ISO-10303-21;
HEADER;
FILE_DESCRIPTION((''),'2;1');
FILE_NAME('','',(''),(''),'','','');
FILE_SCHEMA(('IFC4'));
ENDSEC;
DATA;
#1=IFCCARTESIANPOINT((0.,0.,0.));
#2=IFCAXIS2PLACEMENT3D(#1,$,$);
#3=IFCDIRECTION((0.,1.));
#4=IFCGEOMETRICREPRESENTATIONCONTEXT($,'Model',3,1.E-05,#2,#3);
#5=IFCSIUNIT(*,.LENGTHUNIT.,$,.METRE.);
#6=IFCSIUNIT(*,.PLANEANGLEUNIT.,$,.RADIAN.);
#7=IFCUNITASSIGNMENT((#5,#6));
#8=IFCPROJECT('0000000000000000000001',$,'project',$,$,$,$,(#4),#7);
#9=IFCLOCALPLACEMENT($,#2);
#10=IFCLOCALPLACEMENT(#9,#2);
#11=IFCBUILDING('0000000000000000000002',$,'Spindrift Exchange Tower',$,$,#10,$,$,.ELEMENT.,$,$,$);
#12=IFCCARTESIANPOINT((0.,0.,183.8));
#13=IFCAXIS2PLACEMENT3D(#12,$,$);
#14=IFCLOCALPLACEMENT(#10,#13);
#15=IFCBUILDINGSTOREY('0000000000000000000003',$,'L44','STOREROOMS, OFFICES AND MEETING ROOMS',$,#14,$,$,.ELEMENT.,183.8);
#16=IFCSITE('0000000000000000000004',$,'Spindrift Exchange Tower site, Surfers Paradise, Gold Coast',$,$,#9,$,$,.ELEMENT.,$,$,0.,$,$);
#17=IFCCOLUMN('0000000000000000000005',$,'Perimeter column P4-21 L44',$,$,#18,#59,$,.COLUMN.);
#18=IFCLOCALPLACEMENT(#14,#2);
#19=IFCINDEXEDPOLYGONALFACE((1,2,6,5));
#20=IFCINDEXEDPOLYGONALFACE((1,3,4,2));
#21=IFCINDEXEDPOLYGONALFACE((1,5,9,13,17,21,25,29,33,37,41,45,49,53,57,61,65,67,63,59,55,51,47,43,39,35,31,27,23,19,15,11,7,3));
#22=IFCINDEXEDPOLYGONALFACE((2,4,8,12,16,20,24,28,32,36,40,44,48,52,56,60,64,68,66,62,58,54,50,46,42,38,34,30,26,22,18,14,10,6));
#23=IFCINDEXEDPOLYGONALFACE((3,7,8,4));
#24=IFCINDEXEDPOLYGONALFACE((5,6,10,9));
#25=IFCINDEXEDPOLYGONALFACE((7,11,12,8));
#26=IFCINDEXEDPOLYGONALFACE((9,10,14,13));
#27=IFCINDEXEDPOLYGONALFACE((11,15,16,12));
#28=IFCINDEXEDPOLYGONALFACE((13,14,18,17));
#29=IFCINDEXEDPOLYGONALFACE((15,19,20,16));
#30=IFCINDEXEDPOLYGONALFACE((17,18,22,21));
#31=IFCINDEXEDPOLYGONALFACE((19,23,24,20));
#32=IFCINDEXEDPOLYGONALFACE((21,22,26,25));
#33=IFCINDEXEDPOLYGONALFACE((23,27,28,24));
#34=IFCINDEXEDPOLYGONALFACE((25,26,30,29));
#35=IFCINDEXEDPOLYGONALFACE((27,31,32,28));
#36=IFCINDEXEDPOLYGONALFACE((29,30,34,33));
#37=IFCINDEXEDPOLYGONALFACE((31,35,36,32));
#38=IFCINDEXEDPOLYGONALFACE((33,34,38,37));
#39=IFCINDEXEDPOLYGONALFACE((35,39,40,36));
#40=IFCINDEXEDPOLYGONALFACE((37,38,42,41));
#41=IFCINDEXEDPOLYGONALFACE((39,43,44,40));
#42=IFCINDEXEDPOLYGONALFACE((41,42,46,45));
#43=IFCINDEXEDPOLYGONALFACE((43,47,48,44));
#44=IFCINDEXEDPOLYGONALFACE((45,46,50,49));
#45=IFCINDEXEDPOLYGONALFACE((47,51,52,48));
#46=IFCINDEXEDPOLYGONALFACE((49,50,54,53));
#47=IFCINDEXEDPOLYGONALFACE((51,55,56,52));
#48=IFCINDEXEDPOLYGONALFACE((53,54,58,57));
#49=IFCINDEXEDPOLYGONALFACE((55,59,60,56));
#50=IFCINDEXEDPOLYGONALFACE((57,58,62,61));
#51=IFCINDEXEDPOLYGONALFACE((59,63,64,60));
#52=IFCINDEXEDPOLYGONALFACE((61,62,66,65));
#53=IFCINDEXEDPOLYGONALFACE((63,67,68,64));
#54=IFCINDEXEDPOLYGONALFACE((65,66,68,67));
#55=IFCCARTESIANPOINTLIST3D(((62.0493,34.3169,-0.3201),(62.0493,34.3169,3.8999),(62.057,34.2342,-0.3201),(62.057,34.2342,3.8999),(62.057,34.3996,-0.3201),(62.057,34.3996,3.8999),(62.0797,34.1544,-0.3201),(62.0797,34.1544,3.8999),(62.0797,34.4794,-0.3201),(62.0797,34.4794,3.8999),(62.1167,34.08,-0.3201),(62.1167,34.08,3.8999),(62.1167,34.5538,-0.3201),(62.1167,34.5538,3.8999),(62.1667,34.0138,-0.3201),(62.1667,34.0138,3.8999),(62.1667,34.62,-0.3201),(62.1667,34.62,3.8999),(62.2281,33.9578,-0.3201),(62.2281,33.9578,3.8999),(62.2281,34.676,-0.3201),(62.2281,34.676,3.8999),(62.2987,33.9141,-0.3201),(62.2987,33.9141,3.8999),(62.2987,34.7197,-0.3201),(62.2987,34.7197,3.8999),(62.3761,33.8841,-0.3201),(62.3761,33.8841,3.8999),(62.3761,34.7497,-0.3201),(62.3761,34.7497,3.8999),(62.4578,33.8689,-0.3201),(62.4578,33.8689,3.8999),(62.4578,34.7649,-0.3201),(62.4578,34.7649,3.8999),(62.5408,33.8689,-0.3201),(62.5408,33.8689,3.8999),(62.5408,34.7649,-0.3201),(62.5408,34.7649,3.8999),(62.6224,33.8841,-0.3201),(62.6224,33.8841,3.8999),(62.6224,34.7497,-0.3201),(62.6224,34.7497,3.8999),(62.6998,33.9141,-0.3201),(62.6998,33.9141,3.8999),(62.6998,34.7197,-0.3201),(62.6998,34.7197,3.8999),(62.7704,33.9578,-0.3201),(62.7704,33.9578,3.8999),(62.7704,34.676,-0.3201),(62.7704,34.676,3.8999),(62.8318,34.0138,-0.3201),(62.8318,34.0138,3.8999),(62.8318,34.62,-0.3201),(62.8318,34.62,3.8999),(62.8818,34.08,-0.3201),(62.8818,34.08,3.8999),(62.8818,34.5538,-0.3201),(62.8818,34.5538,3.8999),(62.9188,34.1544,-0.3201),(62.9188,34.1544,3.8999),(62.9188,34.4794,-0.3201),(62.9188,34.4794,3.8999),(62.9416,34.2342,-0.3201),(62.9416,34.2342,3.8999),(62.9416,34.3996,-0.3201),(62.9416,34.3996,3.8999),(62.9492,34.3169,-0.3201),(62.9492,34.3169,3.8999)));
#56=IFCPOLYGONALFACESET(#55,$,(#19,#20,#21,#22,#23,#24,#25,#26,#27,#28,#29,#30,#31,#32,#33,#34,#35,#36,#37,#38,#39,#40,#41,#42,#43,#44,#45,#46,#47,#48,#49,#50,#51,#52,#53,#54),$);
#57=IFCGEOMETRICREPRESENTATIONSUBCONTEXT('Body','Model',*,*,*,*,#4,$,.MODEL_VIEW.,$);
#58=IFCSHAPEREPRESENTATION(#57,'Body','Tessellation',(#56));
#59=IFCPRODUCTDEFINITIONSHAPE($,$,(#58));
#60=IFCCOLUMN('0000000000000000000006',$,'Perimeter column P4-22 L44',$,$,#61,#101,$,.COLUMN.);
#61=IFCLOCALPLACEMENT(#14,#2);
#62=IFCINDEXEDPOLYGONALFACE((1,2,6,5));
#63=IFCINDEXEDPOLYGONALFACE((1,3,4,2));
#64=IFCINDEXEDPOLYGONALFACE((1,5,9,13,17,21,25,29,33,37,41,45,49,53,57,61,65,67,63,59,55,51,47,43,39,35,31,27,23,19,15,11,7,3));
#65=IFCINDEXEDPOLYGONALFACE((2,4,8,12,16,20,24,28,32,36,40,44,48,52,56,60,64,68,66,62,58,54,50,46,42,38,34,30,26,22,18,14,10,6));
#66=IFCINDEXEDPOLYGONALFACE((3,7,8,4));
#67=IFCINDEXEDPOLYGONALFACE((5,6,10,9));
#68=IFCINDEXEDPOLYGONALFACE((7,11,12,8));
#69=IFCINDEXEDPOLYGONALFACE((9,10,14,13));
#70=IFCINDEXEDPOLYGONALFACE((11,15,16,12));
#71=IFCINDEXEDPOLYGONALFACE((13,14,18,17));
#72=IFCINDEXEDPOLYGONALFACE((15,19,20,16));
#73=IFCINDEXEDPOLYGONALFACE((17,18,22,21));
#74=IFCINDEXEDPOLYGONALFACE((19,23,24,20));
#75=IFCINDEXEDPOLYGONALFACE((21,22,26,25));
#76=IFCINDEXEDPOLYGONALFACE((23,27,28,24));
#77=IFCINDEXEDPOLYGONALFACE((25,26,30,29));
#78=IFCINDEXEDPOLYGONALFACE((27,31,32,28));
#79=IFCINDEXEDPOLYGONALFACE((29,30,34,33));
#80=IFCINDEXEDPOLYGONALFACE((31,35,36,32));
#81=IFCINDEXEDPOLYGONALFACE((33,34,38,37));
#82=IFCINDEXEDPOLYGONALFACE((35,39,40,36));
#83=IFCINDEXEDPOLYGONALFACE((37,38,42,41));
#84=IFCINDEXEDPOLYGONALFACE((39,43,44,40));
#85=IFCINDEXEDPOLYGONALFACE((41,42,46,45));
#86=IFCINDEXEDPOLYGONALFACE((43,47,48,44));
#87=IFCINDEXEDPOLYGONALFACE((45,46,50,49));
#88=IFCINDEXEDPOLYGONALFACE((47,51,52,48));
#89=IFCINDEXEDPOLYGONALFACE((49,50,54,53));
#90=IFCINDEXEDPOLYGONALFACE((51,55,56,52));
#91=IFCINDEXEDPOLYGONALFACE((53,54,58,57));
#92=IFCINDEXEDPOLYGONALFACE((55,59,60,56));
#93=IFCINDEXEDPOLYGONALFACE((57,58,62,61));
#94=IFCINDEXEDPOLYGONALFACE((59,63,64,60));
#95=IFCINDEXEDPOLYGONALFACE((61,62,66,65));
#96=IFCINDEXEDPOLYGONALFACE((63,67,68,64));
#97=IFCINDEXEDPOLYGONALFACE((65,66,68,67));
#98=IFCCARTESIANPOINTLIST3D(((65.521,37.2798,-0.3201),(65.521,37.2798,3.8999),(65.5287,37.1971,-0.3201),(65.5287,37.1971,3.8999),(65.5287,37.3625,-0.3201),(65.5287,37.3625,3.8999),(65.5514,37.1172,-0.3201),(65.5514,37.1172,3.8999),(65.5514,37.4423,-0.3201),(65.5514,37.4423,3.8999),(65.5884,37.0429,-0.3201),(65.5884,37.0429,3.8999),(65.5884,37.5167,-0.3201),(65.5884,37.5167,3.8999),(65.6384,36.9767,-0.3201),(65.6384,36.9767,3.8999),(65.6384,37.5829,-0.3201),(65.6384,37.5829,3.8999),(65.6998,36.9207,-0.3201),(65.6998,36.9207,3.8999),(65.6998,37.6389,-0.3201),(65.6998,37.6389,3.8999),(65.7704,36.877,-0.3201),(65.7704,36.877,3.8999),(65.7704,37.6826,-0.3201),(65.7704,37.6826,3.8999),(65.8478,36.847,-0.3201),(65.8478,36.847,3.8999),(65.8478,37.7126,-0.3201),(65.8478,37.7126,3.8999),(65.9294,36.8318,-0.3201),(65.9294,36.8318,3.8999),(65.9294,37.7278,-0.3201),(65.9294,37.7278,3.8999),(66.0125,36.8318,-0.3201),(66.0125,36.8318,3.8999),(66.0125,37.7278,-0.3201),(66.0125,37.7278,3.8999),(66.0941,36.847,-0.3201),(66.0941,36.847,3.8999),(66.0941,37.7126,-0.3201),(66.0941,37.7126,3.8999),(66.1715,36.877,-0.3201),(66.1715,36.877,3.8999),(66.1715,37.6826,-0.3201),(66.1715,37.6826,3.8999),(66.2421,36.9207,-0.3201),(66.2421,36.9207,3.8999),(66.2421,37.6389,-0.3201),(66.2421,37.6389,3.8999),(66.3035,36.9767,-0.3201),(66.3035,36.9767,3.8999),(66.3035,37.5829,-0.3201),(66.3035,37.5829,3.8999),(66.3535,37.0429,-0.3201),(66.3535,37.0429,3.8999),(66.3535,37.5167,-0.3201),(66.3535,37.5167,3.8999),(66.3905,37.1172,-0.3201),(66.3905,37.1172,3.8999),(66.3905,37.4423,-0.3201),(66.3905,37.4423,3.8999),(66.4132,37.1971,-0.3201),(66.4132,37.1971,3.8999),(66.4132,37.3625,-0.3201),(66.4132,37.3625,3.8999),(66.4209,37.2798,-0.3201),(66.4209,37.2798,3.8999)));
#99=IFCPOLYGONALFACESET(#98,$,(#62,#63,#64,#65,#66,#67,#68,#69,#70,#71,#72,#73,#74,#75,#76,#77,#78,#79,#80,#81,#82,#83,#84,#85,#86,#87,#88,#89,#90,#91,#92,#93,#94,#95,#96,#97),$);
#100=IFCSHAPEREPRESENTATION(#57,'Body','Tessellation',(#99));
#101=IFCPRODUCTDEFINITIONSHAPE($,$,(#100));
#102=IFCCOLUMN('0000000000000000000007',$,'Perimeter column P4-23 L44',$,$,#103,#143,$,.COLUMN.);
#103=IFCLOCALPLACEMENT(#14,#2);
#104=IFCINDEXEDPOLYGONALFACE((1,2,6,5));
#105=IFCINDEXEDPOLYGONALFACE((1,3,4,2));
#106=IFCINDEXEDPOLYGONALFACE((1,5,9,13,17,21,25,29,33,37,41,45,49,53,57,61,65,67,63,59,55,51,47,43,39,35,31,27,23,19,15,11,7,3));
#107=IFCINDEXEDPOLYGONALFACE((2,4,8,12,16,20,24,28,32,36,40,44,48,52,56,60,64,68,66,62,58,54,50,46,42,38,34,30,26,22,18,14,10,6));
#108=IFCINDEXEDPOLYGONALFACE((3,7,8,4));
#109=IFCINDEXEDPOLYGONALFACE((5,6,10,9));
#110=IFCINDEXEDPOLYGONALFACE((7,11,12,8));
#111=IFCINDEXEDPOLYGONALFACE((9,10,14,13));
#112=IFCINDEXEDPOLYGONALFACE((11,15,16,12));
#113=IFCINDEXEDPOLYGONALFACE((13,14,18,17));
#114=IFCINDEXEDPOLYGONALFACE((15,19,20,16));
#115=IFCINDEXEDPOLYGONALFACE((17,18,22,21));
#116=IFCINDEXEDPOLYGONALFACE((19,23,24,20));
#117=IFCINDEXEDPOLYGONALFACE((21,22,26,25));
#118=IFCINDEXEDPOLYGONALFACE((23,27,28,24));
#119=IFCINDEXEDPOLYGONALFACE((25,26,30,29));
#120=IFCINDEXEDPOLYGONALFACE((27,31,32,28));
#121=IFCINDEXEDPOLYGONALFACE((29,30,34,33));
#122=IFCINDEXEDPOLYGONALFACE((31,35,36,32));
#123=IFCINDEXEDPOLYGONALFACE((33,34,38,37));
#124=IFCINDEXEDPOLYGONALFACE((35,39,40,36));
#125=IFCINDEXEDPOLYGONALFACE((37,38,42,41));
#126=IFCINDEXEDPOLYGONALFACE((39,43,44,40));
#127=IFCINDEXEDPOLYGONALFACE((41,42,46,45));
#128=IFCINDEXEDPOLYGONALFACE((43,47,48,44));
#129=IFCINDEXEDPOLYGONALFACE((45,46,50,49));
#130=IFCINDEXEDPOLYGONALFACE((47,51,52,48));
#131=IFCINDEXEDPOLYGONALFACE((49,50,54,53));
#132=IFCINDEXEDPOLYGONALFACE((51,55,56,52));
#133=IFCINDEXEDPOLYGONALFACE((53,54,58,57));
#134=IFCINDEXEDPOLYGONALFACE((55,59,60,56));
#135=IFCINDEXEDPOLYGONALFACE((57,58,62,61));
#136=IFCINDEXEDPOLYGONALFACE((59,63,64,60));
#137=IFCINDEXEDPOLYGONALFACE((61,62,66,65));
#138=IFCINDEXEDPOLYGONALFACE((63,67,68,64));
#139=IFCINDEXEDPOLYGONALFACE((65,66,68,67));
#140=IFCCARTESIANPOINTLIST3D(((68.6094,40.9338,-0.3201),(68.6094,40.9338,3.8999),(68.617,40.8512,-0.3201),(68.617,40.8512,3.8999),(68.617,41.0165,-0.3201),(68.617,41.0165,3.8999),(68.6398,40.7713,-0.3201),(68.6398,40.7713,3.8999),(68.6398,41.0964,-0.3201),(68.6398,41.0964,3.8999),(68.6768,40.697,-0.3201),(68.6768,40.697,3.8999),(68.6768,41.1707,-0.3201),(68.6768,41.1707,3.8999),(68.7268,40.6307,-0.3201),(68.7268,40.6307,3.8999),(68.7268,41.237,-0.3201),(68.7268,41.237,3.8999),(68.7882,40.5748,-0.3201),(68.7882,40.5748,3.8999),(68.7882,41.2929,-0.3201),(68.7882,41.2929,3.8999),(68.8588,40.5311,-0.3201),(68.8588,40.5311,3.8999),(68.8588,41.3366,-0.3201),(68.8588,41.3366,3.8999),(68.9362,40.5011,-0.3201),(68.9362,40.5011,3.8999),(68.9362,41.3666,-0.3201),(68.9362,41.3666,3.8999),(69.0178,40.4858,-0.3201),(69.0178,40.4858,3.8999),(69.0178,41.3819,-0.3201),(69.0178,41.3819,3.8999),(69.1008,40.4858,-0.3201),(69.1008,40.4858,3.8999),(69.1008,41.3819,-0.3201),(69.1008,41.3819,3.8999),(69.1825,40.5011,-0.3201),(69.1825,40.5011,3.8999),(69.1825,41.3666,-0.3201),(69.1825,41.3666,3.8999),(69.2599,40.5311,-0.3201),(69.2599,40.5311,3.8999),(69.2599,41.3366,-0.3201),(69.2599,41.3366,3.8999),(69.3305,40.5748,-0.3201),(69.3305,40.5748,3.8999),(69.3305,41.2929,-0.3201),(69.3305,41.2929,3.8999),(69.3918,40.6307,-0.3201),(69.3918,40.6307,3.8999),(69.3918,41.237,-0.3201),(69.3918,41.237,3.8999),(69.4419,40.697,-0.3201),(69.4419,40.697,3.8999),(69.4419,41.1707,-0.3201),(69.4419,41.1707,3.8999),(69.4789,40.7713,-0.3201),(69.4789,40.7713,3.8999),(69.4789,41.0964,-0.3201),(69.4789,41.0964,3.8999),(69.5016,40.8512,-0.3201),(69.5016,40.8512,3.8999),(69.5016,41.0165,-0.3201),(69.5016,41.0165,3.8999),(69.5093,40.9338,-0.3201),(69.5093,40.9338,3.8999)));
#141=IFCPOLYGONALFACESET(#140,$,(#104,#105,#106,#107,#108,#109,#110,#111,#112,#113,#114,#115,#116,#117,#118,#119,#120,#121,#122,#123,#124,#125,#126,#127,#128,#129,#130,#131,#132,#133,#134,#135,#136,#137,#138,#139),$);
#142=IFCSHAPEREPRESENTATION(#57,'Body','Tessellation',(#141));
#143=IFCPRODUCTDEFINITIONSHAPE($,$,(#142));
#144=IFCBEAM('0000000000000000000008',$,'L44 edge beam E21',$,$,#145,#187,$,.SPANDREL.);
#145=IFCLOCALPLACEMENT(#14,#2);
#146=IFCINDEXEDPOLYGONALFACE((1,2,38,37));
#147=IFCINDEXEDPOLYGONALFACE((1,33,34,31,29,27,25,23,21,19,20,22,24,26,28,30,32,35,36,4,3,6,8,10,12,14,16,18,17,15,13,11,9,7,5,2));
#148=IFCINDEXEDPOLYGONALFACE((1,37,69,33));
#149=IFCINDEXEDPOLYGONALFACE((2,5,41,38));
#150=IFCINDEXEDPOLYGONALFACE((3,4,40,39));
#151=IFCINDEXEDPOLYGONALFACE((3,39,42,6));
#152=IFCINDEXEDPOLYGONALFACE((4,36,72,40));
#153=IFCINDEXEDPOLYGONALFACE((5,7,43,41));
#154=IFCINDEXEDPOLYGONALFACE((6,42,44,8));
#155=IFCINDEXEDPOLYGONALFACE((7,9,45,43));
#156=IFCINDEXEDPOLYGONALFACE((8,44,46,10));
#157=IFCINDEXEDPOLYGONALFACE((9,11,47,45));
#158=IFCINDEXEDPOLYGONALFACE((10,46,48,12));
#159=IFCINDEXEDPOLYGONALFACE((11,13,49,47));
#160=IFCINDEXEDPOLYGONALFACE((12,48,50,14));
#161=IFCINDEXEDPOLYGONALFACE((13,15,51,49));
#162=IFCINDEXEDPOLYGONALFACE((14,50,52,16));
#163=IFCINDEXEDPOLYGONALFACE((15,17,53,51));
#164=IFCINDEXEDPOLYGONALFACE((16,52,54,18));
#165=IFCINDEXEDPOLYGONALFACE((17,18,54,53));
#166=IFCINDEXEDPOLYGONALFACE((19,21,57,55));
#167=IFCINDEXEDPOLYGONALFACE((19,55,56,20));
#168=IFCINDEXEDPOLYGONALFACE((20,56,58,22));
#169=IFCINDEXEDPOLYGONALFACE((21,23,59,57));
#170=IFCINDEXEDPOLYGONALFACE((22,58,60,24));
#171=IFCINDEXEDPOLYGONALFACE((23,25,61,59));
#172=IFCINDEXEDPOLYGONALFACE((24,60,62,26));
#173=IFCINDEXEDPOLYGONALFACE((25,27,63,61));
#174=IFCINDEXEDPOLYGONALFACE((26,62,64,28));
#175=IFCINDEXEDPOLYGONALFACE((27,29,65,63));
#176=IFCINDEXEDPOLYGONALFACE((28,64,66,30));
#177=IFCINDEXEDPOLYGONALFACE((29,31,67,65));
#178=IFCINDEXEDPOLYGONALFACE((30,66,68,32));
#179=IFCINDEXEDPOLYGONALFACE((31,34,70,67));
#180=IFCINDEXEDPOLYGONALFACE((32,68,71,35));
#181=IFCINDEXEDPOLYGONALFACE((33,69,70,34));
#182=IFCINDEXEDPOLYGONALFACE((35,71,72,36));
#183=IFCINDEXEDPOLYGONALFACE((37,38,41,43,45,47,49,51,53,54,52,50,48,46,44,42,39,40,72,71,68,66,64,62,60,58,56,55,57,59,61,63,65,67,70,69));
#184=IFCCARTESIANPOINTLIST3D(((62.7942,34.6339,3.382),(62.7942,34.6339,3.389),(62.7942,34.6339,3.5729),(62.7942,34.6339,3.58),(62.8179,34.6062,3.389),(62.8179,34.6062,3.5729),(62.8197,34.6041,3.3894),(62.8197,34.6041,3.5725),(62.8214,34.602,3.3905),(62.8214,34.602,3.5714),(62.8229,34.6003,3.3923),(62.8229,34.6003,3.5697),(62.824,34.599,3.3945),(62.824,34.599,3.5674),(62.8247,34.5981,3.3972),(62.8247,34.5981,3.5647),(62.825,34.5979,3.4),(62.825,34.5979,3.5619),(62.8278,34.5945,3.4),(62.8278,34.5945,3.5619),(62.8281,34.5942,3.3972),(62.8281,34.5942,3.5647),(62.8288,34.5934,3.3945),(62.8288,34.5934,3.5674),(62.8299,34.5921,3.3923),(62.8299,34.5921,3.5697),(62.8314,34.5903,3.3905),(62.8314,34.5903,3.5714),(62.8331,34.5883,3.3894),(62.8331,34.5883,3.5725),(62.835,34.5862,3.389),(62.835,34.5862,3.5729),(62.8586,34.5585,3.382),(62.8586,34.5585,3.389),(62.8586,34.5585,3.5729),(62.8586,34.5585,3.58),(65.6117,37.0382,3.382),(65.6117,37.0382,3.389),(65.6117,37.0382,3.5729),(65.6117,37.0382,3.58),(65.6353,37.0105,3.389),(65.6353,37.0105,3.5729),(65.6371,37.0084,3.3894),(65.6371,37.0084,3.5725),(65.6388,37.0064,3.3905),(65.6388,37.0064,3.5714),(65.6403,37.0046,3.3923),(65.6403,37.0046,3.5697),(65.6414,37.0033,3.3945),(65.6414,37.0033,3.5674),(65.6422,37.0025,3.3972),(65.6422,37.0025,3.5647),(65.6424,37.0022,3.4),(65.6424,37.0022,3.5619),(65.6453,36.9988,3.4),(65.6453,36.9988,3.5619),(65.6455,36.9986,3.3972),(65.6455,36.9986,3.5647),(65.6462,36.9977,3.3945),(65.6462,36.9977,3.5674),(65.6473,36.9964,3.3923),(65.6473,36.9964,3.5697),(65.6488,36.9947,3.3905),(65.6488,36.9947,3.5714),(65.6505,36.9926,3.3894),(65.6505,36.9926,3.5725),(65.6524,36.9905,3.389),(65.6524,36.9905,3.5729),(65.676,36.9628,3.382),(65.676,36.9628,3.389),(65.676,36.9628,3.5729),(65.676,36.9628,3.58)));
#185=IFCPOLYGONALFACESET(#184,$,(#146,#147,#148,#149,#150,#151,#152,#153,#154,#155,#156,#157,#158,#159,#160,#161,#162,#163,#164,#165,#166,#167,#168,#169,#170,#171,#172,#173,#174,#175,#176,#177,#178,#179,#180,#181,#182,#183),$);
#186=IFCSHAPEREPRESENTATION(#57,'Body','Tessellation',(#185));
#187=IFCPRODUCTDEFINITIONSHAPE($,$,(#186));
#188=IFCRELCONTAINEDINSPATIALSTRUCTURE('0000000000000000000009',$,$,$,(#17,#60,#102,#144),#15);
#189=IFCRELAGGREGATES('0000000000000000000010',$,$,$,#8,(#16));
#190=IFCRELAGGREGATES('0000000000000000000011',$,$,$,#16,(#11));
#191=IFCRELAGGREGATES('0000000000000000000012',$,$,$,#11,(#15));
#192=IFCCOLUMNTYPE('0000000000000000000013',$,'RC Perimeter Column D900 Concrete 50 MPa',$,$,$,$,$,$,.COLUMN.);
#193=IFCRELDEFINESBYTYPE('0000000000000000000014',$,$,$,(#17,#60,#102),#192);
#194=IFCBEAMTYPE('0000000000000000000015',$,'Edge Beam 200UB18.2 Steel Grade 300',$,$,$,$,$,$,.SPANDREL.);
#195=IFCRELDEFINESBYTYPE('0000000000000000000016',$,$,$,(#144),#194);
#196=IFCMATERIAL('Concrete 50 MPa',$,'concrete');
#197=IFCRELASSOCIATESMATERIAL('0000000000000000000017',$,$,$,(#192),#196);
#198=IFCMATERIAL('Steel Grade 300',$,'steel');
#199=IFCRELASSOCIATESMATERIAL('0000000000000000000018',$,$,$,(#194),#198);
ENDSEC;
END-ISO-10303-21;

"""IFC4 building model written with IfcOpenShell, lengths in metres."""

from ifc_helpers import new_model, si_unit, direction, frame, origin, origin_2d, place, context, subcontext, project, spatial, circle, i_section, extrude, source, transform, mapped, material, material_profile, profile_set, type_object, element, save


model = new_model("IFC4")

# Units and contexts
model_context = context("Model", 3, precision=1e-05, world=origin(), true_north=direction((0.0, 1.0)))
body_context = subcontext(model_context, "Body", "Model", "MODEL_VIEW")
ifc_project = project(units=[si_unit("LENGTHUNIT", "METRE"), si_unit("PLANEANGLEUNIT", "RADIAN")], contexts=[model_context])

# Site, building, storey
site_placement = place(None, origin())
site = spatial("IfcSite", under=ifc_project, at=site_placement, Name="Spindrift Exchange Tower site, Surfers Paradise, Gold Coast", CompositionType="ELEMENT", RefElevation=0.0)
building_placement = place(site_placement, origin())
building = spatial("IfcBuilding", under=site, at=building_placement, Name="Spindrift Exchange Tower", CompositionType="ELEMENT")
storey_placement = place(building_placement, frame((0.0, 0.0, 183.8)))
storey = spatial("IfcBuildingStorey", under=building, at=storey_placement, Name="L44", Description="STOREROOMS, OFFICES AND MEETING ROOMS", CompositionType="ELEMENT", Elevation=183.8)

# Columns
ifc_material_1 = material(Name="Concrete 50 MPa", Category="concrete")
ifc_material_profile_1 = material_profile(ifc_material_1, circle(Radius=0.45, at=origin_2d()), Name="RC D900")
ifc_profile_set_1 = profile_set([ifc_material_profile_1], Name="Concrete 50 MPa")
column_type = type_object("IfcColumnType", Name="RC Perimeter Column D900 Concrete 50 MPa", PredefinedType="COLUMN", material=ifc_profile_set_1)
shared_shape_1 = source(origin(), body_context, "Body", "SweptSolid", [
    extrude(circle(Radius=0.45, at=origin_2d()), origin(), (0.0, 0.0, 1.0), 4.22),
])
for number, where, z_axis, x_axis, name in (
    (1, (62.4993, 34.3169, -0.3201), (0.0, 0.0, 1.0), (1.0, 0.0, 0.0), "Perimeter column P4-21 L44"),
    (2, (65.9709, 37.2798, -0.3201), (0.0, 0.0, 1.0), (1.0, 0.0, 0.0), "Perimeter column P4-22 L44"),
    (3, (69.0593, 40.9338, -0.3201), (0.0, 0.0, 1.0), (1.0, 0.0, 0.0), "Perimeter column P4-23 L44"),
):
    element("IfcColumn", number, at=place(storey_placement, frame(where, z_axis=z_axis, x_axis=x_axis)), inside=storey, type_object=column_type, Name=name, PredefinedType="COLUMN", context=body_context, shape_type="MappedRepresentation", body=[
        mapped(shared_shape_1, transform((0.0, 0.0, 0.0), scale=1.0)),
    ])

# Beam
ifc_material_2 = material(Name="Steel Grade 300", Category="steel")
ifc_material_profile_2 = material_profile(ifc_material_2, i_section(OverallWidth=0.0991, OverallDepth=0.198, WebThickness=0.0044, FlangeThickness=0.0071, FilletRadius=0.011, at=origin_2d()), Name="200UB18.2")
ifc_profile_set_2 = profile_set([ifc_material_profile_2], Name="Steel Grade 300")
beam_type = type_object("IfcBeamType", Name="Edge Beam 200UB18.2 Steel Grade 300", PredefinedType="SPANDREL", material=ifc_profile_set_2)
shared_shape_2 = source(origin(), body_context, "Body", "SweptSolid", [
    extrude(i_section(OverallWidth=0.0991, OverallDepth=0.198, WebThickness=0.0044, FlangeThickness=0.0071, FilletRadius=0.011, at=origin_2d()), origin(), (0.0, 0.0, 1.0), 3.7039),
])
beam_1_placement = place(storey_placement, frame((62.8264, 34.5962, 3.481), z_axis=(0.760669, 0.64914, 0.0), x_axis=(-0.64914, 0.760669, 0.0)))
element("IfcBeam", 4, at=beam_1_placement, inside=storey, type_object=beam_type, Name="L44 edge beam E21", PredefinedType="SPANDREL", context=body_context, shape_type="MappedRepresentation", body=[
    mapped(shared_shape_2, transform((0.0, 0.0, 0.0), scale=1.0)),
])

save(model, "model.ifc")
